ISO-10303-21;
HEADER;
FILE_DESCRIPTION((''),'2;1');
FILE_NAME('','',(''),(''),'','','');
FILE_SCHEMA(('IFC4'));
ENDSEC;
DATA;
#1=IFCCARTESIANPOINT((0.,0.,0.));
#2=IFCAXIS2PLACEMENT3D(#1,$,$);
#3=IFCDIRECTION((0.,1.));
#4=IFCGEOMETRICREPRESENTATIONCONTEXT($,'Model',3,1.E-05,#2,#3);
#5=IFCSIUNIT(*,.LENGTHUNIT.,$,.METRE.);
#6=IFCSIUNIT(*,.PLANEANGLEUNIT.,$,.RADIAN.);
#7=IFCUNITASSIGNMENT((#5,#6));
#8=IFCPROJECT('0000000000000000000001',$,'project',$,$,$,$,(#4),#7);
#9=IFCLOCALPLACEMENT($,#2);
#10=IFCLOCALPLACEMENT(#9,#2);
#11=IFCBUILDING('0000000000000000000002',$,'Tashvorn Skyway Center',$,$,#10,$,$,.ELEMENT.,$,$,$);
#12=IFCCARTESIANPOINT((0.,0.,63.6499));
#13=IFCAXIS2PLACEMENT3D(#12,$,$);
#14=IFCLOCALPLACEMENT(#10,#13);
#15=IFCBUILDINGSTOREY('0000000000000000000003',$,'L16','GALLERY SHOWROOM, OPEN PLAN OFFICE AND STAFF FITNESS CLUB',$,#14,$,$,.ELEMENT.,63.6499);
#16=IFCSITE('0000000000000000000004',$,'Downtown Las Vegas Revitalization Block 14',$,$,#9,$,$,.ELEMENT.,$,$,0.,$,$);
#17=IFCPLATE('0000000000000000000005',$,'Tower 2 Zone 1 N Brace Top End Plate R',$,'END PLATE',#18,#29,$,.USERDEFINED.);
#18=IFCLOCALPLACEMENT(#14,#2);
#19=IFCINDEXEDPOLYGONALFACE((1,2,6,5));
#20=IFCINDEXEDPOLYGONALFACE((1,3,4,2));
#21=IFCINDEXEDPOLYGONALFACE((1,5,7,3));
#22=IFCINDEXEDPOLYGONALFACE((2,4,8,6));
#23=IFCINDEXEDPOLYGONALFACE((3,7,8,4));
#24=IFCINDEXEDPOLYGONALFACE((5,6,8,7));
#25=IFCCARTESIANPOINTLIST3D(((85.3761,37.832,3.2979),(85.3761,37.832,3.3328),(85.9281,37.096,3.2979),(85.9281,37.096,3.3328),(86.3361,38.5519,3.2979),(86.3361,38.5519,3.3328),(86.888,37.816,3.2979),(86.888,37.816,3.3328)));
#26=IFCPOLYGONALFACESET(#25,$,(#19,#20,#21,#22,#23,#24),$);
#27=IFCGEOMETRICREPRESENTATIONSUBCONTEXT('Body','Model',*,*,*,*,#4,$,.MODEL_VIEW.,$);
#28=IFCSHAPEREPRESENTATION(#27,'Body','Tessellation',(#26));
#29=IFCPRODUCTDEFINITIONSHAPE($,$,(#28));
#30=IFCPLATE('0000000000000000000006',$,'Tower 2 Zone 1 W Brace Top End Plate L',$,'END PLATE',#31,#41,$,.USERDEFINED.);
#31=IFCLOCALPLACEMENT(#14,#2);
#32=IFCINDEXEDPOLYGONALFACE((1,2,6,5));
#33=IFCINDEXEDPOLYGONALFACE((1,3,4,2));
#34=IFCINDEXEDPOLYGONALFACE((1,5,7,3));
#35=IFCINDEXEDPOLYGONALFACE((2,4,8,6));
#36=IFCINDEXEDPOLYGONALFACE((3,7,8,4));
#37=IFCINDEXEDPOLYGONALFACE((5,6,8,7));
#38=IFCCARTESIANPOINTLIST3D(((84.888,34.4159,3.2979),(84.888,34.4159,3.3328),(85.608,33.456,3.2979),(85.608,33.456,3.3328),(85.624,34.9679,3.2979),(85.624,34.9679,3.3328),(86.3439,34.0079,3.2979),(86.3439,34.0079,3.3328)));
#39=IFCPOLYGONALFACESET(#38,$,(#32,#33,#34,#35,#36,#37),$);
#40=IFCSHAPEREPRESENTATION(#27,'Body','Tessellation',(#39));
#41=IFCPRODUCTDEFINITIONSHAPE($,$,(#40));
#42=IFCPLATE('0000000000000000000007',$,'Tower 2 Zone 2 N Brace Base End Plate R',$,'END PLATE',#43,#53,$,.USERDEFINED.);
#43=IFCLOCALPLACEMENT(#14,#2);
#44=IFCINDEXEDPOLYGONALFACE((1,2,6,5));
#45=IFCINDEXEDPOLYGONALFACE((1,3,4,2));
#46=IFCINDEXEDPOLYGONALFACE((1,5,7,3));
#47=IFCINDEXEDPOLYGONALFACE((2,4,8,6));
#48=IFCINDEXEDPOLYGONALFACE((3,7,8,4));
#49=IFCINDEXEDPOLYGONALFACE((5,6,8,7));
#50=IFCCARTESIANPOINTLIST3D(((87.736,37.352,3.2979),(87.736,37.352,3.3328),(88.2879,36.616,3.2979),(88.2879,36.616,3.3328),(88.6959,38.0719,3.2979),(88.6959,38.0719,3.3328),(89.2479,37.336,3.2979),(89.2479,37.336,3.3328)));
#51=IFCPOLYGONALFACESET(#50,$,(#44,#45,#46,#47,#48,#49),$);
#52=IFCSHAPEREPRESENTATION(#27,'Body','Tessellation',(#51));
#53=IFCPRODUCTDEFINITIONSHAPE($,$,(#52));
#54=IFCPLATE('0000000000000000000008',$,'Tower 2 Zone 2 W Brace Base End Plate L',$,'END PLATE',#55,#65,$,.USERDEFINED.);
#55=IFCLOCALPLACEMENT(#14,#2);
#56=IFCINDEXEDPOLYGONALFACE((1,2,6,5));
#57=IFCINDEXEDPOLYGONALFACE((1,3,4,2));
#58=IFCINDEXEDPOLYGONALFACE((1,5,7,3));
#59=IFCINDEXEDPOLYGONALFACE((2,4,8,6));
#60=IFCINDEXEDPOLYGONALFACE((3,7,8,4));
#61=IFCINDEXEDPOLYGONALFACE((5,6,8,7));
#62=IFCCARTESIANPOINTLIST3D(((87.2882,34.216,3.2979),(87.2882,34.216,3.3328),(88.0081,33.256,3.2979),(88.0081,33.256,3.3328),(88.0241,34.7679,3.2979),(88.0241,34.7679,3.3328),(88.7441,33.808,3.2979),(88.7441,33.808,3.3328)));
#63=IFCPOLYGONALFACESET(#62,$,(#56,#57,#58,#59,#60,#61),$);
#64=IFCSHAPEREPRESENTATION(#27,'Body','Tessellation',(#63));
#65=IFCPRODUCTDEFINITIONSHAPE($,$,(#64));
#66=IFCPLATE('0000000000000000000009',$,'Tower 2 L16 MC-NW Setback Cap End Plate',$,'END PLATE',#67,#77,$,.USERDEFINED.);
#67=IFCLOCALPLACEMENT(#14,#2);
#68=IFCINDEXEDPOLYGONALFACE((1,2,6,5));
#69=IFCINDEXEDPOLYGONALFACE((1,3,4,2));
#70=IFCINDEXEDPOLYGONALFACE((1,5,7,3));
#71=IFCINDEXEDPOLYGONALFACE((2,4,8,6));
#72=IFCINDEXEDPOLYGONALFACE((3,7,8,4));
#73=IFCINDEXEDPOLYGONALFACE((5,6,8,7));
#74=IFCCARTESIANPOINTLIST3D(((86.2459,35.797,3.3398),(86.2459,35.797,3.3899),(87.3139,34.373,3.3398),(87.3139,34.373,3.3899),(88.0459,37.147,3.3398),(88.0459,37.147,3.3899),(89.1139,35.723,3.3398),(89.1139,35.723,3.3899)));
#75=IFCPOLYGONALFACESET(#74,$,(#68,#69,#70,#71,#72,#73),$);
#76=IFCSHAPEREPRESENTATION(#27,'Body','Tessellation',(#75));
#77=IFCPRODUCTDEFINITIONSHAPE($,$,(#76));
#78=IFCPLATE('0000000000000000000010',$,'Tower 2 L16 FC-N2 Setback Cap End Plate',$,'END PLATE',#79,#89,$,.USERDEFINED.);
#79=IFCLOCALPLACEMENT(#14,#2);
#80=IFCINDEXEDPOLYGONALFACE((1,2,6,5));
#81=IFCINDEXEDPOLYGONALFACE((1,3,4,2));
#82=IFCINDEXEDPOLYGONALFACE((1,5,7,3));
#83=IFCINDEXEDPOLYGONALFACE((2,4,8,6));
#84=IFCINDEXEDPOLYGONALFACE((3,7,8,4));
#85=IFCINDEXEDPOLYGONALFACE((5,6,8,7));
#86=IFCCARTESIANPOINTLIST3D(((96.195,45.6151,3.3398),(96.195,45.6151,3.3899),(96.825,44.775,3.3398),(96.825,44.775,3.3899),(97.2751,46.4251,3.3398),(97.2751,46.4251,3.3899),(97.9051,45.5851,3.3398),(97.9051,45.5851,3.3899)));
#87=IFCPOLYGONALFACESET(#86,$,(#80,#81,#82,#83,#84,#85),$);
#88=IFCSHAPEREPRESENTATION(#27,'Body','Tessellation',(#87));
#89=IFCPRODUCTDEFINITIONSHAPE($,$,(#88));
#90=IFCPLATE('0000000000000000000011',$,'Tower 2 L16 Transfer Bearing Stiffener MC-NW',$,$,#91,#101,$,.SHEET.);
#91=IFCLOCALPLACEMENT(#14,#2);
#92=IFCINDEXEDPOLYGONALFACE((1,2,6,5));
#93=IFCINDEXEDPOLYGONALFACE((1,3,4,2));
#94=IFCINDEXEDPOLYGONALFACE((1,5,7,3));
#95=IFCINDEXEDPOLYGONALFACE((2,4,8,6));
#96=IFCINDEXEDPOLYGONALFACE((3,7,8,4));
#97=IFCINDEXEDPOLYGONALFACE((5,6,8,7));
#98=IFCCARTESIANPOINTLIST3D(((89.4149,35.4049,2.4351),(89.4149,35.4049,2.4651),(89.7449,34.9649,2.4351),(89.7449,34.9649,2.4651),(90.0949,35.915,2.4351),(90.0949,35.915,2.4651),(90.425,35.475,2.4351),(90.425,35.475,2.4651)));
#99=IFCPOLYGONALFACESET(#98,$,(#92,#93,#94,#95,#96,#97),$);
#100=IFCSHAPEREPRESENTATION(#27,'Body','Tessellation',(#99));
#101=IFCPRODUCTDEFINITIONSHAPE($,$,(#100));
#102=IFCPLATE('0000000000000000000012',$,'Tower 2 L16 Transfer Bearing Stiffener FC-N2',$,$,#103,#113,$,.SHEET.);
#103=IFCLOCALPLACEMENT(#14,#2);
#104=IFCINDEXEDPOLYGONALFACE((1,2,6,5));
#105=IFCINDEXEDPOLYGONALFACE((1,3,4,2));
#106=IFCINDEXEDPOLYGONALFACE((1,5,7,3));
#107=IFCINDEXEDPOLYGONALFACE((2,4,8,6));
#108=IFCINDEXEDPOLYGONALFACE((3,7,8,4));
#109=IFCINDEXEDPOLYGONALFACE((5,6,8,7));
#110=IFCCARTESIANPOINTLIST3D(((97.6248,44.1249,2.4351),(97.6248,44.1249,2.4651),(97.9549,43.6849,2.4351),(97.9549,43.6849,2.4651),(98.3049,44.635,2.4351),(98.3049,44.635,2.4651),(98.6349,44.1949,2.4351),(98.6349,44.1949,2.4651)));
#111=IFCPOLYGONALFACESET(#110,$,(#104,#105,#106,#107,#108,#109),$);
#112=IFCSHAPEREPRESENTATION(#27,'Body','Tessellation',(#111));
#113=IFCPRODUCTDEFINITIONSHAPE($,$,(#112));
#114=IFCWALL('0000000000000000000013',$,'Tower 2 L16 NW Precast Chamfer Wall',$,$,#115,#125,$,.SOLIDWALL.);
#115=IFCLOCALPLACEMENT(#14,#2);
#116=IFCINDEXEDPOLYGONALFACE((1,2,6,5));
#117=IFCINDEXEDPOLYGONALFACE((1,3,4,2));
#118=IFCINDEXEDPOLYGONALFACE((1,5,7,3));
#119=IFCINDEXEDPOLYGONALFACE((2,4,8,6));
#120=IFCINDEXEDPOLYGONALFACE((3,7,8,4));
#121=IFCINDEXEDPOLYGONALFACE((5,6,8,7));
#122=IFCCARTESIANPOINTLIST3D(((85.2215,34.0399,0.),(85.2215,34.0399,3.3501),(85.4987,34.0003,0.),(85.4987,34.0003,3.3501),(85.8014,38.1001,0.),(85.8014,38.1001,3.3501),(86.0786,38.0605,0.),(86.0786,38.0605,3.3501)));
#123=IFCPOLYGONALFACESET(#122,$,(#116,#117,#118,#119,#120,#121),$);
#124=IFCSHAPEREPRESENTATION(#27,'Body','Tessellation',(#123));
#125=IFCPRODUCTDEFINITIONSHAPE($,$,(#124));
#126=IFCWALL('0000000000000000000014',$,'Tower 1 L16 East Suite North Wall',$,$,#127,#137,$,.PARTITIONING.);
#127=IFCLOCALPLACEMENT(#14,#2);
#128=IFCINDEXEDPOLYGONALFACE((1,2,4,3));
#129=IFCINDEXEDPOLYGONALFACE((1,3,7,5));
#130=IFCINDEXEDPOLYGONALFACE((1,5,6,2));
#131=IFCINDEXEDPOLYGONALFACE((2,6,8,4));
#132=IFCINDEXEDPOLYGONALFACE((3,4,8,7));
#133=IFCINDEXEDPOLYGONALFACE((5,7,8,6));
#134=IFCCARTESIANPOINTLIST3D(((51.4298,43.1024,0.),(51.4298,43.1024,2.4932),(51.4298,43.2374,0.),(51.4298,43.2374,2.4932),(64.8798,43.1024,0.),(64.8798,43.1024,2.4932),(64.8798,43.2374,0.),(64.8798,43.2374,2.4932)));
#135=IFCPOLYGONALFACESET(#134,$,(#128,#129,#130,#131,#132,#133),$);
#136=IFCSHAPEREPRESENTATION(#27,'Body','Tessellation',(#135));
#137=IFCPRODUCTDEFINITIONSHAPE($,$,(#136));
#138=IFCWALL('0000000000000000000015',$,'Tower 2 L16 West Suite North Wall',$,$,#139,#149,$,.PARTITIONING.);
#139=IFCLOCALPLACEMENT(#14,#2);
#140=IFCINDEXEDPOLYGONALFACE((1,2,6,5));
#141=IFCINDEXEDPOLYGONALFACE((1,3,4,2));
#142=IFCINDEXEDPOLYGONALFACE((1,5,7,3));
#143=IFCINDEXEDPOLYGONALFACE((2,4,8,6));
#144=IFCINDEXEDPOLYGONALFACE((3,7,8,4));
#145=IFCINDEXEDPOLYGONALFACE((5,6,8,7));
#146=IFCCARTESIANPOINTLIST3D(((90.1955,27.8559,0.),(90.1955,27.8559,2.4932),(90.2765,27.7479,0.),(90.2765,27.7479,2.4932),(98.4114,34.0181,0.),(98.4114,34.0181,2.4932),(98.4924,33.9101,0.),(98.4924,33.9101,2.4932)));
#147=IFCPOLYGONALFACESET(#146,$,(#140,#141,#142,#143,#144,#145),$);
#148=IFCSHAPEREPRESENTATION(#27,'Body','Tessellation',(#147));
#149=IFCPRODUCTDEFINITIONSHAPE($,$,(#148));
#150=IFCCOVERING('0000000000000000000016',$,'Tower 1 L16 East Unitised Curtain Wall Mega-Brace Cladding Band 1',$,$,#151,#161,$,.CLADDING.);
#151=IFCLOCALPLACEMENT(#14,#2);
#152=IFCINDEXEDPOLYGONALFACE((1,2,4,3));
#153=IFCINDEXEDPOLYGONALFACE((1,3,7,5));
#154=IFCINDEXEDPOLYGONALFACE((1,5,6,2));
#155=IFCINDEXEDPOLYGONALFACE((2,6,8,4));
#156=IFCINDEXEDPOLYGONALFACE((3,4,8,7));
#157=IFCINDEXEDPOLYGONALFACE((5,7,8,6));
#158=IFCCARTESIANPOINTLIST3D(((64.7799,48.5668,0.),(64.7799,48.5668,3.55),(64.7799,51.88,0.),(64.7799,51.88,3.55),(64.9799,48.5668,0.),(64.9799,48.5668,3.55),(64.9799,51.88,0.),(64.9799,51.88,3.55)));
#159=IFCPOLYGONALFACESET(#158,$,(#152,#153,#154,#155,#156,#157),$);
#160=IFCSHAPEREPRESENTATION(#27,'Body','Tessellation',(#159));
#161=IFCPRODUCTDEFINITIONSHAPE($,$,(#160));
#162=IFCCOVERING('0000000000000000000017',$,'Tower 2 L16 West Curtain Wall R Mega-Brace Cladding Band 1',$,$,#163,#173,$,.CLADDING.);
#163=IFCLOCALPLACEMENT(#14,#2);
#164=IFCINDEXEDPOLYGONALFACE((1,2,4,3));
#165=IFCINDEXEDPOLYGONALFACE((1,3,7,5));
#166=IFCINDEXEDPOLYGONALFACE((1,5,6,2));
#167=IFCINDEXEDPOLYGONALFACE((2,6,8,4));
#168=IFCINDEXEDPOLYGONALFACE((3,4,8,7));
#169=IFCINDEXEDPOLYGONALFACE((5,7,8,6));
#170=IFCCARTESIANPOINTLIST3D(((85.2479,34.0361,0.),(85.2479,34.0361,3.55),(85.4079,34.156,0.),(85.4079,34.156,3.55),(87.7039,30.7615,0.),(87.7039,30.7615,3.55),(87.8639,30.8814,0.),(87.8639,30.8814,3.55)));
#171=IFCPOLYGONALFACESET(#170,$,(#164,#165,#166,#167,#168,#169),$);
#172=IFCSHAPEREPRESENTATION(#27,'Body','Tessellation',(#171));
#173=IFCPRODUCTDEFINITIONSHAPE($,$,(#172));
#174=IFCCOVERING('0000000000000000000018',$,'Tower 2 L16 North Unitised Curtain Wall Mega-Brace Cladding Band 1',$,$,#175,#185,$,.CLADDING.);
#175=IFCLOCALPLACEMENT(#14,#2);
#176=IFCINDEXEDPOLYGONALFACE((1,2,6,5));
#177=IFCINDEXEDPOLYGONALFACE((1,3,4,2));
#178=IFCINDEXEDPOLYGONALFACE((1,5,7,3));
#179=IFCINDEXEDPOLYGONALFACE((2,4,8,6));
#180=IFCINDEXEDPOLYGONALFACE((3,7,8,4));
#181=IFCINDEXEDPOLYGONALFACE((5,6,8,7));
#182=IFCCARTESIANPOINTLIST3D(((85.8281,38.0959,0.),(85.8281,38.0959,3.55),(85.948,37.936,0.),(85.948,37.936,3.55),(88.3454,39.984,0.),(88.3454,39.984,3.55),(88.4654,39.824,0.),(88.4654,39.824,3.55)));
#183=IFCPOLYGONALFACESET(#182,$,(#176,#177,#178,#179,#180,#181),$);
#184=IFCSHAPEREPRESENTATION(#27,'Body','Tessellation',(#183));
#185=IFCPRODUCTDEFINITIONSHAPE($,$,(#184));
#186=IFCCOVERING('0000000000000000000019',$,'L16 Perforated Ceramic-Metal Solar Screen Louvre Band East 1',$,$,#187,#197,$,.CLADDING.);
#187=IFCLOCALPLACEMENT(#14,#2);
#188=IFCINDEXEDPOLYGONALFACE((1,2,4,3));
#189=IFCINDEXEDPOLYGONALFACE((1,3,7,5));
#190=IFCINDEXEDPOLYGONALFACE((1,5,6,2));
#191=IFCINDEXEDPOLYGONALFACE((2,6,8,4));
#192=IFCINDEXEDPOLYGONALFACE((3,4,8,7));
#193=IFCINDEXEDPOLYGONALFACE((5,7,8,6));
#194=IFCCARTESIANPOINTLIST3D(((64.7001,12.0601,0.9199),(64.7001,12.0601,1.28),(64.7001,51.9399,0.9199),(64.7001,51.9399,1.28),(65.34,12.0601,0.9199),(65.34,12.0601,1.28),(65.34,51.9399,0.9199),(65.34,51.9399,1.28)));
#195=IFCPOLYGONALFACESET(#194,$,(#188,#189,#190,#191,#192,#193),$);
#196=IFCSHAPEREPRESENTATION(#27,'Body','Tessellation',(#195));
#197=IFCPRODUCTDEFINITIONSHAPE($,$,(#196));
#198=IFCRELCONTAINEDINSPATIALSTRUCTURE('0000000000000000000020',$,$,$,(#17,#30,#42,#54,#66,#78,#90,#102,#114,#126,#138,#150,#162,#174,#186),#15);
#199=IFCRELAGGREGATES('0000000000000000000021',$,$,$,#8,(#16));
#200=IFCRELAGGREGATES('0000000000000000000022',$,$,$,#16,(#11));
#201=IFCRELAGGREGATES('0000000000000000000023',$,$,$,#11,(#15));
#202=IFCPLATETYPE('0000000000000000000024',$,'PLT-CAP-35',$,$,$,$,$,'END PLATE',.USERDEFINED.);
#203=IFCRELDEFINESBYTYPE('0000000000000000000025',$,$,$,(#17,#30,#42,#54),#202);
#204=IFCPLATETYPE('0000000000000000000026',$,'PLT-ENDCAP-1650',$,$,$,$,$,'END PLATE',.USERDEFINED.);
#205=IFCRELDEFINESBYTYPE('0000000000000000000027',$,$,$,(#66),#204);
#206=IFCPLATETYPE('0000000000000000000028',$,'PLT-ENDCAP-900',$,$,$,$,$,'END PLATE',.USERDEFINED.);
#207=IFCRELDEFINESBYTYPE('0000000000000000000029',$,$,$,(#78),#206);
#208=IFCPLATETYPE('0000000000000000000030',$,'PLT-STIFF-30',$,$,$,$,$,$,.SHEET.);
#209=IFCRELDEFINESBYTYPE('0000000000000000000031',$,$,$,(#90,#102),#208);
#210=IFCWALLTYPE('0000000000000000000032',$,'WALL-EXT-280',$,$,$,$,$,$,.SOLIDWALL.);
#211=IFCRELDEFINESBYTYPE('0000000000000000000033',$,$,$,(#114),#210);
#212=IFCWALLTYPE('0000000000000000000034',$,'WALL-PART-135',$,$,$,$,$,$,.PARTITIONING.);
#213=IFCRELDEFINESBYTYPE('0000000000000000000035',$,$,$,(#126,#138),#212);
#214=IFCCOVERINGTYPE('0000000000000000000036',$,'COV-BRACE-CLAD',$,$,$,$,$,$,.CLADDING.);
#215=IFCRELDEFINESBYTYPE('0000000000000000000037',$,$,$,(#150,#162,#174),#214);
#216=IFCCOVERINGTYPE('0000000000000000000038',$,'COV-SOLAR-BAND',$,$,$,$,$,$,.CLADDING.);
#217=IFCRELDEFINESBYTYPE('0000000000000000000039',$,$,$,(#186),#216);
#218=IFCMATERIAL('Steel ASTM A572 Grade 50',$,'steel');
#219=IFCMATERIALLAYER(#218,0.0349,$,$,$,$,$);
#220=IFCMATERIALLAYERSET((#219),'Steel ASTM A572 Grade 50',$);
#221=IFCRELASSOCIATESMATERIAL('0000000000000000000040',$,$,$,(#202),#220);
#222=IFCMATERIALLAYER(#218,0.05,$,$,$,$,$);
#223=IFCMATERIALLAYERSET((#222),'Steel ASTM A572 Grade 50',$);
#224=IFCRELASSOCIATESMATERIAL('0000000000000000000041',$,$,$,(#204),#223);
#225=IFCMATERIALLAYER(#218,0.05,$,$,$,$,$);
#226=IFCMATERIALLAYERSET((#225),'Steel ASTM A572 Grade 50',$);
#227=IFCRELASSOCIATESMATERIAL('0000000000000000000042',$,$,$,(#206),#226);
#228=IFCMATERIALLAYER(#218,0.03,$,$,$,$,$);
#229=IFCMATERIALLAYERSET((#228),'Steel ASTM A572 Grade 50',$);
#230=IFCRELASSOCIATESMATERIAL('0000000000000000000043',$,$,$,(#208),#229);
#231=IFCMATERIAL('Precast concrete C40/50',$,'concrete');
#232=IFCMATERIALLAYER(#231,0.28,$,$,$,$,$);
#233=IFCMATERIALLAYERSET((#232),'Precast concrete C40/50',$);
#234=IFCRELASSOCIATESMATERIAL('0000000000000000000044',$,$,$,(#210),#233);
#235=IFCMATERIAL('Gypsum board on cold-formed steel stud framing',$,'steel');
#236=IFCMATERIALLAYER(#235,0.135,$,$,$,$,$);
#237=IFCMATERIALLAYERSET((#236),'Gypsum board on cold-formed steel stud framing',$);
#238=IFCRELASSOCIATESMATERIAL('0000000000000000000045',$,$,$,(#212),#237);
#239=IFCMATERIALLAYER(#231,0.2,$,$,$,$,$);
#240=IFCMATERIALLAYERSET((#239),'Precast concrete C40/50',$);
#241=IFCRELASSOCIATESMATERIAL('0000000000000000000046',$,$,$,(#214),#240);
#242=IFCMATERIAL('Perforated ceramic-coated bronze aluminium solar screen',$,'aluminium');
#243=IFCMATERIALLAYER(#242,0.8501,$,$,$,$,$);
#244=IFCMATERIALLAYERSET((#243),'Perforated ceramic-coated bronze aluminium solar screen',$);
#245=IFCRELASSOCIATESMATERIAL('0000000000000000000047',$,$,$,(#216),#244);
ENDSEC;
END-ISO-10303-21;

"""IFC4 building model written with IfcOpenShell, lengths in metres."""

from ifc_helpers import new_model, si_unit, direction, frame, frame_2d, origin, origin_2d, place, context, subcontext, project, spatial, rectangle, extrude, material, layer, layer_set, type_object, element, save


model = new_model("IFC4")

# Units and contexts
model_context = context("Model", 3, precision=1e-05, world=origin(), true_north=direction((0.0, 1.0)))
body_context = subcontext(model_context, "Body", "Model", "MODEL_VIEW")
ifc_project = project(units=[si_unit("LENGTHUNIT", "METRE"), si_unit("PLANEANGLEUNIT", "RADIAN")], contexts=[model_context])

# Site, building, storey
site_placement = place(None, origin())
site = spatial("IfcSite", under=ifc_project, at=site_placement, Name="Downtown Las Vegas Revitalization Block 14", CompositionType="ELEMENT", RefElevation=0.0)
building_placement = place(site_placement, origin())
building = spatial("IfcBuilding", under=site, at=building_placement, Name="Tashvorn Skyway Center", CompositionType="ELEMENT")
storey_placement = place(building_placement, frame((0.0, 0.0, 63.6499)))
storey = spatial("IfcBuildingStorey", under=building, at=storey_placement, Name="L16", Description="GALLERY SHOWROOM, OPEN PLAN OFFICE AND STAFF FITNESS CLUB", CompositionType="ELEMENT", Elevation=63.6499)

# Shared definitions
ifc_material_1 = material(Name="Steel ASTM A572 Grade 50", Category="steel")

# Plates
ifc_layer_1 = layer(ifc_material_1, 0.0349)
ifc_layer_set_1 = layer_set([ifc_layer_1], Name="Steel ASTM A572 Grade 50")
plate_type_1 = type_object("IfcPlateType", Name="PLT-CAP-35", ElementType="END PLATE", PredefinedType="USERDEFINED", material=ifc_layer_set_1)
for number, where, z_axis, x_axis, name in (
    (1, (86.1321, 37.824, 3.2979), (0.0, 0.0, 1.0), (-0.8, -0.6, 0.0), "Tower 2 Zone 1 N Brace Top End Plate R"),
    (2, (85.616, 34.2119, 3.2979), (0.0, 0.0, 1.0), (0.6, -0.8, 0.0), "Tower 2 Zone 1 W Brace Top End Plate L"),
    (3, (88.4919, 37.344, 3.2979), (0.0, 0.0, 1.0), (-0.8, -0.6, 0.0), "Tower 2 Zone 2 N Brace Base End Plate R"),
    (4, (88.0161, 34.012, 3.2979), (0.0, 0.0, 1.0), (0.6, -0.8, 0.0), "Tower 2 Zone 2 W Brace Base End Plate L"),
):
    element("IfcPlate", number, at=place(storey_placement, frame(where, z_axis=z_axis, x_axis=x_axis)), inside=storey, type_object=plate_type_1, Name=name, ObjectType="END PLATE", PredefinedType="USERDEFINED", context=body_context, shape_type="SweptSolid", body=[
        extrude(rectangle(XDim=1.2, YDim=0.9199, at=origin_2d()), origin(), (0.0, 0.0, 1.0), 0.0349),
    ])
ifc_layer_2 = layer(ifc_material_1, 0.05)
ifc_layer_set_2 = layer_set([ifc_layer_2], Name="Steel ASTM A572 Grade 50")
plate_type_2 = type_object("IfcPlateType", Name="PLT-ENDCAP-1650", ElementType="END PLATE", PredefinedType="USERDEFINED", material=ifc_layer_set_2)
plate_1_placement = place(storey_placement, frame((87.6799, 35.76, 3.3398), z_axis=(0.0, 0.0, 1.0), x_axis=(0.8, 0.6, 0.0)))
element("IfcPlate", 5, at=plate_1_placement, inside=storey, type_object=plate_type_2, Name="Tower 2 L16 MC-NW Setback Cap End Plate", ObjectType="END PLATE", PredefinedType="USERDEFINED", context=body_context, shape_type="SweptSolid", body=[
    extrude(rectangle(XDim=2.25, YDim=1.78, at=origin_2d()), origin(), (0.0, 0.0, 1.0), 0.05),
])
ifc_layer_3 = layer(ifc_material_1, 0.05)
ifc_layer_set_3 = layer_set([ifc_layer_3], Name="Steel ASTM A572 Grade 50")
plate_type_3 = type_object("IfcPlateType", Name="PLT-ENDCAP-900", ElementType="END PLATE", PredefinedType="USERDEFINED", material=ifc_layer_set_3)
plate_2_placement = place(storey_placement, frame((97.05, 45.6001, 3.3398), z_axis=(0.0, 0.0, 1.0), x_axis=(0.8, 0.6, 0.0)))
element("IfcPlate", 6, at=plate_2_placement, inside=storey, type_object=plate_type_3, Name="Tower 2 L16 FC-N2 Setback Cap End Plate", ObjectType="END PLATE", PredefinedType="USERDEFINED", context=body_context, shape_type="SweptSolid", body=[
    extrude(rectangle(XDim=1.3501, YDim=1.05, at=origin_2d()), origin(), (0.0, 0.0, 1.0), 0.05),
])
ifc_layer_4 = layer(ifc_material_1, 0.03)
ifc_layer_set_4 = layer_set([ifc_layer_4], Name="Steel ASTM A572 Grade 50")
plate_type_4 = type_object("IfcPlateType", Name="PLT-STIFF-30", PredefinedType="SHEET", material=ifc_layer_set_4)
for number, where, z_axis, x_axis, name in (
    (7, (89.9199, 35.4399, 2.4351), (0.0, 0.0, 1.0), (0.8, 0.6, 0.0), "Tower 2 L16 Transfer Bearing Stiffener MC-NW"),
    (8, (98.1299, 44.1599, 2.4351), (0.0, 0.0, 1.0), (0.8, 0.6, 0.0), "Tower 2 L16 Transfer Bearing Stiffener FC-N2"),
):
    element("IfcPlate", number, at=place(storey_placement, frame(where, z_axis=z_axis, x_axis=x_axis)), inside=storey, type_object=plate_type_4, Name=name, PredefinedType="SHEET", context=body_context, shape_type="SweptSolid", body=[
        extrude(rectangle(XDim=0.8501, YDim=0.55, at=origin_2d()), origin(), (0.0, 0.0, 1.0), 0.03),
    ])

# Walls
ifc_material_2 = material(Name="Precast concrete C40/50", Category="concrete")
ifc_layer_5 = layer(ifc_material_2, 0.28)
ifc_layer_set_5 = layer_set([ifc_layer_5], Name="Precast concrete C40/50")
wall_type_1 = type_object("IfcWallType", Name="WALL-EXT-280", PredefinedType="SOLIDWALL", material=ifc_layer_set_5)
wall_1_placement = place(storey_placement, frame((85.3601, 34.02, 0.0), z_axis=(0.0, 0.0, 1.0), x_axis=(0.14138, 0.989955, 0.0)))
element("IfcWall", 9, at=wall_1_placement, inside=storey, type_object=wall_type_1, Name="Tower 2 L16 NW Precast Chamfer Wall", PredefinedType="SOLIDWALL", context=body_context, shape_type="SweptSolid", body=[
    extrude(rectangle(XDim=4.1013, YDim=0.28, at=frame_2d((2.0508, 0.0))), origin(), (0.0, 0.0, 1.0), 3.3501),
])
ifc_material_3 = material(Name="Gypsum board on cold-formed steel stud framing", Category="steel")
ifc_layer_6 = layer(ifc_material_3, 0.135)
ifc_layer_set_6 = layer_set([ifc_layer_6], Name="Gypsum board on cold-formed steel stud framing")
wall_type_2 = type_object("IfcWallType", Name="WALL-PART-135", PredefinedType="PARTITIONING", material=ifc_layer_set_6)
wall_2_placement = place(storey_placement, frame((64.8799, 43.1699, 0.0), z_axis=(0.0, 0.0, 1.0), x_axis=(-1.0, 0.0, 0.0)))
element("IfcWall", 10, at=wall_2_placement, inside=storey, type_object=wall_type_2, Name="Tower 1 L16 East Suite North Wall", PredefinedType="PARTITIONING", context=body_context, shape_type="SweptSolid", body=[
    extrude(rectangle(XDim=13.45, YDim=0.135, at=frame_2d((6.7251, 0.0))), origin(), (0.0, 0.0, 1.0), 2.4932),
])
wall_3_placement = place(storey_placement, frame((98.4519, 33.9641, 0.0), z_axis=(0.0, 0.0, 1.0), x_axis=(-0.799989, -0.600015, 0.0)))
element("IfcWall", 11, at=wall_3_placement, inside=storey, type_object=wall_type_2, Name="Tower 2 L16 West Suite North Wall", PredefinedType="PARTITIONING", context=body_context, shape_type="SweptSolid", body=[
    extrude(rectangle(XDim=10.27, YDim=0.135, at=frame_2d((5.135, 0.0))), origin(), (0.0, 0.0, 1.0), 2.4932),
])

# Coverings
ifc_layer_7 = layer(ifc_material_2, 0.2)
ifc_layer_set_7 = layer_set([ifc_layer_7], Name="Precast concrete C40/50")
covering_type_1 = type_object("IfcCoveringType", Name="COV-BRACE-CLAD", PredefinedType="CLADDING", material=ifc_layer_set_7)
covering_1_placement = place(storey_placement, frame((64.8799, 50.2234, 0.0), z_axis=(0.0, 0.0, 1.0), x_axis=(0.0, -1.0, 0.0)))
element("IfcCovering", 12, at=covering_1_placement, inside=storey, type_object=covering_type_1, Name="Tower 1 L16 East Unitised Curtain Wall Mega-Brace Cladding Band 1", PredefinedType="CLADDING", context=body_context, shape_type="SweptSolid", body=[
    extrude(rectangle(XDim=3.3132, YDim=0.2, at=origin_2d()), origin(), (0.0, 0.0, 1.0), 3.55),
])
covering_2_placement = place(storey_placement, frame((86.5559, 32.4587, 0.0), z_axis=(0.0, 0.0, 1.0), x_axis=(-0.6, 0.8, 0.0)))
element("IfcCovering", 13, at=covering_2_placement, inside=storey, type_object=covering_type_1, Name="Tower 2 L16 West Curtain Wall R Mega-Brace Cladding Band 1", PredefinedType="CLADDING", context=body_context, shape_type="SweptSolid", body=[
    extrude(rectangle(XDim=4.0933, YDim=0.2, at=origin_2d()), origin(), (0.0, 0.0, 1.0), 3.55),
])
covering_3_placement = place(storey_placement, frame((87.1467, 38.96, 0.0), z_axis=(0.0, 0.0, 1.0), x_axis=(0.8, 0.6, 0.0)))
element("IfcCovering", 14, at=covering_3_placement, inside=storey, type_object=covering_type_1, Name="Tower 2 L16 North Unitised Curtain Wall Mega-Brace Cladding Band 1", PredefinedType="CLADDING", context=body_context, shape_type="SweptSolid", body=[
    extrude(rectangle(XDim=3.1467, YDim=0.2, at=origin_2d()), origin(), (0.0, 0.0, 1.0), 3.55),
])
ifc_material_4 = material(Name="Perforated ceramic-coated bronze aluminium solar screen", Category="aluminium")
ifc_layer_8 = layer(ifc_material_4, 0.8501)
ifc_layer_set_8 = layer_set([ifc_layer_8], Name="Perforated ceramic-coated bronze aluminium solar screen")
covering_type_2 = type_object("IfcCoveringType", Name="COV-SOLAR-BAND", PredefinedType="CLADDING", material=ifc_layer_set_8)
for number, where, z_axis, x_axis, name in (
    (15, (65.02, 32.0, 0.9199), (0.0, 0.0, 1.0), (0.0, -1.0, 0.0), "L16 Perforated Ceramic-Metal Solar Screen Louvre Band East 1"),
):
    element("IfcCovering", number, at=place(storey_placement, frame(where, z_axis=z_axis, x_axis=x_axis)), inside=storey, type_object=covering_type_2, Name=name, PredefinedType="CLADDING", context=body_context, shape_type="SweptSolid", body=[
        extrude(rectangle(XDim=39.8799, YDim=0.6399, at=origin_2d()), origin(), (0.0, 0.0, 1.0), 0.3601),
    ])

save(model, "model.ifc")
